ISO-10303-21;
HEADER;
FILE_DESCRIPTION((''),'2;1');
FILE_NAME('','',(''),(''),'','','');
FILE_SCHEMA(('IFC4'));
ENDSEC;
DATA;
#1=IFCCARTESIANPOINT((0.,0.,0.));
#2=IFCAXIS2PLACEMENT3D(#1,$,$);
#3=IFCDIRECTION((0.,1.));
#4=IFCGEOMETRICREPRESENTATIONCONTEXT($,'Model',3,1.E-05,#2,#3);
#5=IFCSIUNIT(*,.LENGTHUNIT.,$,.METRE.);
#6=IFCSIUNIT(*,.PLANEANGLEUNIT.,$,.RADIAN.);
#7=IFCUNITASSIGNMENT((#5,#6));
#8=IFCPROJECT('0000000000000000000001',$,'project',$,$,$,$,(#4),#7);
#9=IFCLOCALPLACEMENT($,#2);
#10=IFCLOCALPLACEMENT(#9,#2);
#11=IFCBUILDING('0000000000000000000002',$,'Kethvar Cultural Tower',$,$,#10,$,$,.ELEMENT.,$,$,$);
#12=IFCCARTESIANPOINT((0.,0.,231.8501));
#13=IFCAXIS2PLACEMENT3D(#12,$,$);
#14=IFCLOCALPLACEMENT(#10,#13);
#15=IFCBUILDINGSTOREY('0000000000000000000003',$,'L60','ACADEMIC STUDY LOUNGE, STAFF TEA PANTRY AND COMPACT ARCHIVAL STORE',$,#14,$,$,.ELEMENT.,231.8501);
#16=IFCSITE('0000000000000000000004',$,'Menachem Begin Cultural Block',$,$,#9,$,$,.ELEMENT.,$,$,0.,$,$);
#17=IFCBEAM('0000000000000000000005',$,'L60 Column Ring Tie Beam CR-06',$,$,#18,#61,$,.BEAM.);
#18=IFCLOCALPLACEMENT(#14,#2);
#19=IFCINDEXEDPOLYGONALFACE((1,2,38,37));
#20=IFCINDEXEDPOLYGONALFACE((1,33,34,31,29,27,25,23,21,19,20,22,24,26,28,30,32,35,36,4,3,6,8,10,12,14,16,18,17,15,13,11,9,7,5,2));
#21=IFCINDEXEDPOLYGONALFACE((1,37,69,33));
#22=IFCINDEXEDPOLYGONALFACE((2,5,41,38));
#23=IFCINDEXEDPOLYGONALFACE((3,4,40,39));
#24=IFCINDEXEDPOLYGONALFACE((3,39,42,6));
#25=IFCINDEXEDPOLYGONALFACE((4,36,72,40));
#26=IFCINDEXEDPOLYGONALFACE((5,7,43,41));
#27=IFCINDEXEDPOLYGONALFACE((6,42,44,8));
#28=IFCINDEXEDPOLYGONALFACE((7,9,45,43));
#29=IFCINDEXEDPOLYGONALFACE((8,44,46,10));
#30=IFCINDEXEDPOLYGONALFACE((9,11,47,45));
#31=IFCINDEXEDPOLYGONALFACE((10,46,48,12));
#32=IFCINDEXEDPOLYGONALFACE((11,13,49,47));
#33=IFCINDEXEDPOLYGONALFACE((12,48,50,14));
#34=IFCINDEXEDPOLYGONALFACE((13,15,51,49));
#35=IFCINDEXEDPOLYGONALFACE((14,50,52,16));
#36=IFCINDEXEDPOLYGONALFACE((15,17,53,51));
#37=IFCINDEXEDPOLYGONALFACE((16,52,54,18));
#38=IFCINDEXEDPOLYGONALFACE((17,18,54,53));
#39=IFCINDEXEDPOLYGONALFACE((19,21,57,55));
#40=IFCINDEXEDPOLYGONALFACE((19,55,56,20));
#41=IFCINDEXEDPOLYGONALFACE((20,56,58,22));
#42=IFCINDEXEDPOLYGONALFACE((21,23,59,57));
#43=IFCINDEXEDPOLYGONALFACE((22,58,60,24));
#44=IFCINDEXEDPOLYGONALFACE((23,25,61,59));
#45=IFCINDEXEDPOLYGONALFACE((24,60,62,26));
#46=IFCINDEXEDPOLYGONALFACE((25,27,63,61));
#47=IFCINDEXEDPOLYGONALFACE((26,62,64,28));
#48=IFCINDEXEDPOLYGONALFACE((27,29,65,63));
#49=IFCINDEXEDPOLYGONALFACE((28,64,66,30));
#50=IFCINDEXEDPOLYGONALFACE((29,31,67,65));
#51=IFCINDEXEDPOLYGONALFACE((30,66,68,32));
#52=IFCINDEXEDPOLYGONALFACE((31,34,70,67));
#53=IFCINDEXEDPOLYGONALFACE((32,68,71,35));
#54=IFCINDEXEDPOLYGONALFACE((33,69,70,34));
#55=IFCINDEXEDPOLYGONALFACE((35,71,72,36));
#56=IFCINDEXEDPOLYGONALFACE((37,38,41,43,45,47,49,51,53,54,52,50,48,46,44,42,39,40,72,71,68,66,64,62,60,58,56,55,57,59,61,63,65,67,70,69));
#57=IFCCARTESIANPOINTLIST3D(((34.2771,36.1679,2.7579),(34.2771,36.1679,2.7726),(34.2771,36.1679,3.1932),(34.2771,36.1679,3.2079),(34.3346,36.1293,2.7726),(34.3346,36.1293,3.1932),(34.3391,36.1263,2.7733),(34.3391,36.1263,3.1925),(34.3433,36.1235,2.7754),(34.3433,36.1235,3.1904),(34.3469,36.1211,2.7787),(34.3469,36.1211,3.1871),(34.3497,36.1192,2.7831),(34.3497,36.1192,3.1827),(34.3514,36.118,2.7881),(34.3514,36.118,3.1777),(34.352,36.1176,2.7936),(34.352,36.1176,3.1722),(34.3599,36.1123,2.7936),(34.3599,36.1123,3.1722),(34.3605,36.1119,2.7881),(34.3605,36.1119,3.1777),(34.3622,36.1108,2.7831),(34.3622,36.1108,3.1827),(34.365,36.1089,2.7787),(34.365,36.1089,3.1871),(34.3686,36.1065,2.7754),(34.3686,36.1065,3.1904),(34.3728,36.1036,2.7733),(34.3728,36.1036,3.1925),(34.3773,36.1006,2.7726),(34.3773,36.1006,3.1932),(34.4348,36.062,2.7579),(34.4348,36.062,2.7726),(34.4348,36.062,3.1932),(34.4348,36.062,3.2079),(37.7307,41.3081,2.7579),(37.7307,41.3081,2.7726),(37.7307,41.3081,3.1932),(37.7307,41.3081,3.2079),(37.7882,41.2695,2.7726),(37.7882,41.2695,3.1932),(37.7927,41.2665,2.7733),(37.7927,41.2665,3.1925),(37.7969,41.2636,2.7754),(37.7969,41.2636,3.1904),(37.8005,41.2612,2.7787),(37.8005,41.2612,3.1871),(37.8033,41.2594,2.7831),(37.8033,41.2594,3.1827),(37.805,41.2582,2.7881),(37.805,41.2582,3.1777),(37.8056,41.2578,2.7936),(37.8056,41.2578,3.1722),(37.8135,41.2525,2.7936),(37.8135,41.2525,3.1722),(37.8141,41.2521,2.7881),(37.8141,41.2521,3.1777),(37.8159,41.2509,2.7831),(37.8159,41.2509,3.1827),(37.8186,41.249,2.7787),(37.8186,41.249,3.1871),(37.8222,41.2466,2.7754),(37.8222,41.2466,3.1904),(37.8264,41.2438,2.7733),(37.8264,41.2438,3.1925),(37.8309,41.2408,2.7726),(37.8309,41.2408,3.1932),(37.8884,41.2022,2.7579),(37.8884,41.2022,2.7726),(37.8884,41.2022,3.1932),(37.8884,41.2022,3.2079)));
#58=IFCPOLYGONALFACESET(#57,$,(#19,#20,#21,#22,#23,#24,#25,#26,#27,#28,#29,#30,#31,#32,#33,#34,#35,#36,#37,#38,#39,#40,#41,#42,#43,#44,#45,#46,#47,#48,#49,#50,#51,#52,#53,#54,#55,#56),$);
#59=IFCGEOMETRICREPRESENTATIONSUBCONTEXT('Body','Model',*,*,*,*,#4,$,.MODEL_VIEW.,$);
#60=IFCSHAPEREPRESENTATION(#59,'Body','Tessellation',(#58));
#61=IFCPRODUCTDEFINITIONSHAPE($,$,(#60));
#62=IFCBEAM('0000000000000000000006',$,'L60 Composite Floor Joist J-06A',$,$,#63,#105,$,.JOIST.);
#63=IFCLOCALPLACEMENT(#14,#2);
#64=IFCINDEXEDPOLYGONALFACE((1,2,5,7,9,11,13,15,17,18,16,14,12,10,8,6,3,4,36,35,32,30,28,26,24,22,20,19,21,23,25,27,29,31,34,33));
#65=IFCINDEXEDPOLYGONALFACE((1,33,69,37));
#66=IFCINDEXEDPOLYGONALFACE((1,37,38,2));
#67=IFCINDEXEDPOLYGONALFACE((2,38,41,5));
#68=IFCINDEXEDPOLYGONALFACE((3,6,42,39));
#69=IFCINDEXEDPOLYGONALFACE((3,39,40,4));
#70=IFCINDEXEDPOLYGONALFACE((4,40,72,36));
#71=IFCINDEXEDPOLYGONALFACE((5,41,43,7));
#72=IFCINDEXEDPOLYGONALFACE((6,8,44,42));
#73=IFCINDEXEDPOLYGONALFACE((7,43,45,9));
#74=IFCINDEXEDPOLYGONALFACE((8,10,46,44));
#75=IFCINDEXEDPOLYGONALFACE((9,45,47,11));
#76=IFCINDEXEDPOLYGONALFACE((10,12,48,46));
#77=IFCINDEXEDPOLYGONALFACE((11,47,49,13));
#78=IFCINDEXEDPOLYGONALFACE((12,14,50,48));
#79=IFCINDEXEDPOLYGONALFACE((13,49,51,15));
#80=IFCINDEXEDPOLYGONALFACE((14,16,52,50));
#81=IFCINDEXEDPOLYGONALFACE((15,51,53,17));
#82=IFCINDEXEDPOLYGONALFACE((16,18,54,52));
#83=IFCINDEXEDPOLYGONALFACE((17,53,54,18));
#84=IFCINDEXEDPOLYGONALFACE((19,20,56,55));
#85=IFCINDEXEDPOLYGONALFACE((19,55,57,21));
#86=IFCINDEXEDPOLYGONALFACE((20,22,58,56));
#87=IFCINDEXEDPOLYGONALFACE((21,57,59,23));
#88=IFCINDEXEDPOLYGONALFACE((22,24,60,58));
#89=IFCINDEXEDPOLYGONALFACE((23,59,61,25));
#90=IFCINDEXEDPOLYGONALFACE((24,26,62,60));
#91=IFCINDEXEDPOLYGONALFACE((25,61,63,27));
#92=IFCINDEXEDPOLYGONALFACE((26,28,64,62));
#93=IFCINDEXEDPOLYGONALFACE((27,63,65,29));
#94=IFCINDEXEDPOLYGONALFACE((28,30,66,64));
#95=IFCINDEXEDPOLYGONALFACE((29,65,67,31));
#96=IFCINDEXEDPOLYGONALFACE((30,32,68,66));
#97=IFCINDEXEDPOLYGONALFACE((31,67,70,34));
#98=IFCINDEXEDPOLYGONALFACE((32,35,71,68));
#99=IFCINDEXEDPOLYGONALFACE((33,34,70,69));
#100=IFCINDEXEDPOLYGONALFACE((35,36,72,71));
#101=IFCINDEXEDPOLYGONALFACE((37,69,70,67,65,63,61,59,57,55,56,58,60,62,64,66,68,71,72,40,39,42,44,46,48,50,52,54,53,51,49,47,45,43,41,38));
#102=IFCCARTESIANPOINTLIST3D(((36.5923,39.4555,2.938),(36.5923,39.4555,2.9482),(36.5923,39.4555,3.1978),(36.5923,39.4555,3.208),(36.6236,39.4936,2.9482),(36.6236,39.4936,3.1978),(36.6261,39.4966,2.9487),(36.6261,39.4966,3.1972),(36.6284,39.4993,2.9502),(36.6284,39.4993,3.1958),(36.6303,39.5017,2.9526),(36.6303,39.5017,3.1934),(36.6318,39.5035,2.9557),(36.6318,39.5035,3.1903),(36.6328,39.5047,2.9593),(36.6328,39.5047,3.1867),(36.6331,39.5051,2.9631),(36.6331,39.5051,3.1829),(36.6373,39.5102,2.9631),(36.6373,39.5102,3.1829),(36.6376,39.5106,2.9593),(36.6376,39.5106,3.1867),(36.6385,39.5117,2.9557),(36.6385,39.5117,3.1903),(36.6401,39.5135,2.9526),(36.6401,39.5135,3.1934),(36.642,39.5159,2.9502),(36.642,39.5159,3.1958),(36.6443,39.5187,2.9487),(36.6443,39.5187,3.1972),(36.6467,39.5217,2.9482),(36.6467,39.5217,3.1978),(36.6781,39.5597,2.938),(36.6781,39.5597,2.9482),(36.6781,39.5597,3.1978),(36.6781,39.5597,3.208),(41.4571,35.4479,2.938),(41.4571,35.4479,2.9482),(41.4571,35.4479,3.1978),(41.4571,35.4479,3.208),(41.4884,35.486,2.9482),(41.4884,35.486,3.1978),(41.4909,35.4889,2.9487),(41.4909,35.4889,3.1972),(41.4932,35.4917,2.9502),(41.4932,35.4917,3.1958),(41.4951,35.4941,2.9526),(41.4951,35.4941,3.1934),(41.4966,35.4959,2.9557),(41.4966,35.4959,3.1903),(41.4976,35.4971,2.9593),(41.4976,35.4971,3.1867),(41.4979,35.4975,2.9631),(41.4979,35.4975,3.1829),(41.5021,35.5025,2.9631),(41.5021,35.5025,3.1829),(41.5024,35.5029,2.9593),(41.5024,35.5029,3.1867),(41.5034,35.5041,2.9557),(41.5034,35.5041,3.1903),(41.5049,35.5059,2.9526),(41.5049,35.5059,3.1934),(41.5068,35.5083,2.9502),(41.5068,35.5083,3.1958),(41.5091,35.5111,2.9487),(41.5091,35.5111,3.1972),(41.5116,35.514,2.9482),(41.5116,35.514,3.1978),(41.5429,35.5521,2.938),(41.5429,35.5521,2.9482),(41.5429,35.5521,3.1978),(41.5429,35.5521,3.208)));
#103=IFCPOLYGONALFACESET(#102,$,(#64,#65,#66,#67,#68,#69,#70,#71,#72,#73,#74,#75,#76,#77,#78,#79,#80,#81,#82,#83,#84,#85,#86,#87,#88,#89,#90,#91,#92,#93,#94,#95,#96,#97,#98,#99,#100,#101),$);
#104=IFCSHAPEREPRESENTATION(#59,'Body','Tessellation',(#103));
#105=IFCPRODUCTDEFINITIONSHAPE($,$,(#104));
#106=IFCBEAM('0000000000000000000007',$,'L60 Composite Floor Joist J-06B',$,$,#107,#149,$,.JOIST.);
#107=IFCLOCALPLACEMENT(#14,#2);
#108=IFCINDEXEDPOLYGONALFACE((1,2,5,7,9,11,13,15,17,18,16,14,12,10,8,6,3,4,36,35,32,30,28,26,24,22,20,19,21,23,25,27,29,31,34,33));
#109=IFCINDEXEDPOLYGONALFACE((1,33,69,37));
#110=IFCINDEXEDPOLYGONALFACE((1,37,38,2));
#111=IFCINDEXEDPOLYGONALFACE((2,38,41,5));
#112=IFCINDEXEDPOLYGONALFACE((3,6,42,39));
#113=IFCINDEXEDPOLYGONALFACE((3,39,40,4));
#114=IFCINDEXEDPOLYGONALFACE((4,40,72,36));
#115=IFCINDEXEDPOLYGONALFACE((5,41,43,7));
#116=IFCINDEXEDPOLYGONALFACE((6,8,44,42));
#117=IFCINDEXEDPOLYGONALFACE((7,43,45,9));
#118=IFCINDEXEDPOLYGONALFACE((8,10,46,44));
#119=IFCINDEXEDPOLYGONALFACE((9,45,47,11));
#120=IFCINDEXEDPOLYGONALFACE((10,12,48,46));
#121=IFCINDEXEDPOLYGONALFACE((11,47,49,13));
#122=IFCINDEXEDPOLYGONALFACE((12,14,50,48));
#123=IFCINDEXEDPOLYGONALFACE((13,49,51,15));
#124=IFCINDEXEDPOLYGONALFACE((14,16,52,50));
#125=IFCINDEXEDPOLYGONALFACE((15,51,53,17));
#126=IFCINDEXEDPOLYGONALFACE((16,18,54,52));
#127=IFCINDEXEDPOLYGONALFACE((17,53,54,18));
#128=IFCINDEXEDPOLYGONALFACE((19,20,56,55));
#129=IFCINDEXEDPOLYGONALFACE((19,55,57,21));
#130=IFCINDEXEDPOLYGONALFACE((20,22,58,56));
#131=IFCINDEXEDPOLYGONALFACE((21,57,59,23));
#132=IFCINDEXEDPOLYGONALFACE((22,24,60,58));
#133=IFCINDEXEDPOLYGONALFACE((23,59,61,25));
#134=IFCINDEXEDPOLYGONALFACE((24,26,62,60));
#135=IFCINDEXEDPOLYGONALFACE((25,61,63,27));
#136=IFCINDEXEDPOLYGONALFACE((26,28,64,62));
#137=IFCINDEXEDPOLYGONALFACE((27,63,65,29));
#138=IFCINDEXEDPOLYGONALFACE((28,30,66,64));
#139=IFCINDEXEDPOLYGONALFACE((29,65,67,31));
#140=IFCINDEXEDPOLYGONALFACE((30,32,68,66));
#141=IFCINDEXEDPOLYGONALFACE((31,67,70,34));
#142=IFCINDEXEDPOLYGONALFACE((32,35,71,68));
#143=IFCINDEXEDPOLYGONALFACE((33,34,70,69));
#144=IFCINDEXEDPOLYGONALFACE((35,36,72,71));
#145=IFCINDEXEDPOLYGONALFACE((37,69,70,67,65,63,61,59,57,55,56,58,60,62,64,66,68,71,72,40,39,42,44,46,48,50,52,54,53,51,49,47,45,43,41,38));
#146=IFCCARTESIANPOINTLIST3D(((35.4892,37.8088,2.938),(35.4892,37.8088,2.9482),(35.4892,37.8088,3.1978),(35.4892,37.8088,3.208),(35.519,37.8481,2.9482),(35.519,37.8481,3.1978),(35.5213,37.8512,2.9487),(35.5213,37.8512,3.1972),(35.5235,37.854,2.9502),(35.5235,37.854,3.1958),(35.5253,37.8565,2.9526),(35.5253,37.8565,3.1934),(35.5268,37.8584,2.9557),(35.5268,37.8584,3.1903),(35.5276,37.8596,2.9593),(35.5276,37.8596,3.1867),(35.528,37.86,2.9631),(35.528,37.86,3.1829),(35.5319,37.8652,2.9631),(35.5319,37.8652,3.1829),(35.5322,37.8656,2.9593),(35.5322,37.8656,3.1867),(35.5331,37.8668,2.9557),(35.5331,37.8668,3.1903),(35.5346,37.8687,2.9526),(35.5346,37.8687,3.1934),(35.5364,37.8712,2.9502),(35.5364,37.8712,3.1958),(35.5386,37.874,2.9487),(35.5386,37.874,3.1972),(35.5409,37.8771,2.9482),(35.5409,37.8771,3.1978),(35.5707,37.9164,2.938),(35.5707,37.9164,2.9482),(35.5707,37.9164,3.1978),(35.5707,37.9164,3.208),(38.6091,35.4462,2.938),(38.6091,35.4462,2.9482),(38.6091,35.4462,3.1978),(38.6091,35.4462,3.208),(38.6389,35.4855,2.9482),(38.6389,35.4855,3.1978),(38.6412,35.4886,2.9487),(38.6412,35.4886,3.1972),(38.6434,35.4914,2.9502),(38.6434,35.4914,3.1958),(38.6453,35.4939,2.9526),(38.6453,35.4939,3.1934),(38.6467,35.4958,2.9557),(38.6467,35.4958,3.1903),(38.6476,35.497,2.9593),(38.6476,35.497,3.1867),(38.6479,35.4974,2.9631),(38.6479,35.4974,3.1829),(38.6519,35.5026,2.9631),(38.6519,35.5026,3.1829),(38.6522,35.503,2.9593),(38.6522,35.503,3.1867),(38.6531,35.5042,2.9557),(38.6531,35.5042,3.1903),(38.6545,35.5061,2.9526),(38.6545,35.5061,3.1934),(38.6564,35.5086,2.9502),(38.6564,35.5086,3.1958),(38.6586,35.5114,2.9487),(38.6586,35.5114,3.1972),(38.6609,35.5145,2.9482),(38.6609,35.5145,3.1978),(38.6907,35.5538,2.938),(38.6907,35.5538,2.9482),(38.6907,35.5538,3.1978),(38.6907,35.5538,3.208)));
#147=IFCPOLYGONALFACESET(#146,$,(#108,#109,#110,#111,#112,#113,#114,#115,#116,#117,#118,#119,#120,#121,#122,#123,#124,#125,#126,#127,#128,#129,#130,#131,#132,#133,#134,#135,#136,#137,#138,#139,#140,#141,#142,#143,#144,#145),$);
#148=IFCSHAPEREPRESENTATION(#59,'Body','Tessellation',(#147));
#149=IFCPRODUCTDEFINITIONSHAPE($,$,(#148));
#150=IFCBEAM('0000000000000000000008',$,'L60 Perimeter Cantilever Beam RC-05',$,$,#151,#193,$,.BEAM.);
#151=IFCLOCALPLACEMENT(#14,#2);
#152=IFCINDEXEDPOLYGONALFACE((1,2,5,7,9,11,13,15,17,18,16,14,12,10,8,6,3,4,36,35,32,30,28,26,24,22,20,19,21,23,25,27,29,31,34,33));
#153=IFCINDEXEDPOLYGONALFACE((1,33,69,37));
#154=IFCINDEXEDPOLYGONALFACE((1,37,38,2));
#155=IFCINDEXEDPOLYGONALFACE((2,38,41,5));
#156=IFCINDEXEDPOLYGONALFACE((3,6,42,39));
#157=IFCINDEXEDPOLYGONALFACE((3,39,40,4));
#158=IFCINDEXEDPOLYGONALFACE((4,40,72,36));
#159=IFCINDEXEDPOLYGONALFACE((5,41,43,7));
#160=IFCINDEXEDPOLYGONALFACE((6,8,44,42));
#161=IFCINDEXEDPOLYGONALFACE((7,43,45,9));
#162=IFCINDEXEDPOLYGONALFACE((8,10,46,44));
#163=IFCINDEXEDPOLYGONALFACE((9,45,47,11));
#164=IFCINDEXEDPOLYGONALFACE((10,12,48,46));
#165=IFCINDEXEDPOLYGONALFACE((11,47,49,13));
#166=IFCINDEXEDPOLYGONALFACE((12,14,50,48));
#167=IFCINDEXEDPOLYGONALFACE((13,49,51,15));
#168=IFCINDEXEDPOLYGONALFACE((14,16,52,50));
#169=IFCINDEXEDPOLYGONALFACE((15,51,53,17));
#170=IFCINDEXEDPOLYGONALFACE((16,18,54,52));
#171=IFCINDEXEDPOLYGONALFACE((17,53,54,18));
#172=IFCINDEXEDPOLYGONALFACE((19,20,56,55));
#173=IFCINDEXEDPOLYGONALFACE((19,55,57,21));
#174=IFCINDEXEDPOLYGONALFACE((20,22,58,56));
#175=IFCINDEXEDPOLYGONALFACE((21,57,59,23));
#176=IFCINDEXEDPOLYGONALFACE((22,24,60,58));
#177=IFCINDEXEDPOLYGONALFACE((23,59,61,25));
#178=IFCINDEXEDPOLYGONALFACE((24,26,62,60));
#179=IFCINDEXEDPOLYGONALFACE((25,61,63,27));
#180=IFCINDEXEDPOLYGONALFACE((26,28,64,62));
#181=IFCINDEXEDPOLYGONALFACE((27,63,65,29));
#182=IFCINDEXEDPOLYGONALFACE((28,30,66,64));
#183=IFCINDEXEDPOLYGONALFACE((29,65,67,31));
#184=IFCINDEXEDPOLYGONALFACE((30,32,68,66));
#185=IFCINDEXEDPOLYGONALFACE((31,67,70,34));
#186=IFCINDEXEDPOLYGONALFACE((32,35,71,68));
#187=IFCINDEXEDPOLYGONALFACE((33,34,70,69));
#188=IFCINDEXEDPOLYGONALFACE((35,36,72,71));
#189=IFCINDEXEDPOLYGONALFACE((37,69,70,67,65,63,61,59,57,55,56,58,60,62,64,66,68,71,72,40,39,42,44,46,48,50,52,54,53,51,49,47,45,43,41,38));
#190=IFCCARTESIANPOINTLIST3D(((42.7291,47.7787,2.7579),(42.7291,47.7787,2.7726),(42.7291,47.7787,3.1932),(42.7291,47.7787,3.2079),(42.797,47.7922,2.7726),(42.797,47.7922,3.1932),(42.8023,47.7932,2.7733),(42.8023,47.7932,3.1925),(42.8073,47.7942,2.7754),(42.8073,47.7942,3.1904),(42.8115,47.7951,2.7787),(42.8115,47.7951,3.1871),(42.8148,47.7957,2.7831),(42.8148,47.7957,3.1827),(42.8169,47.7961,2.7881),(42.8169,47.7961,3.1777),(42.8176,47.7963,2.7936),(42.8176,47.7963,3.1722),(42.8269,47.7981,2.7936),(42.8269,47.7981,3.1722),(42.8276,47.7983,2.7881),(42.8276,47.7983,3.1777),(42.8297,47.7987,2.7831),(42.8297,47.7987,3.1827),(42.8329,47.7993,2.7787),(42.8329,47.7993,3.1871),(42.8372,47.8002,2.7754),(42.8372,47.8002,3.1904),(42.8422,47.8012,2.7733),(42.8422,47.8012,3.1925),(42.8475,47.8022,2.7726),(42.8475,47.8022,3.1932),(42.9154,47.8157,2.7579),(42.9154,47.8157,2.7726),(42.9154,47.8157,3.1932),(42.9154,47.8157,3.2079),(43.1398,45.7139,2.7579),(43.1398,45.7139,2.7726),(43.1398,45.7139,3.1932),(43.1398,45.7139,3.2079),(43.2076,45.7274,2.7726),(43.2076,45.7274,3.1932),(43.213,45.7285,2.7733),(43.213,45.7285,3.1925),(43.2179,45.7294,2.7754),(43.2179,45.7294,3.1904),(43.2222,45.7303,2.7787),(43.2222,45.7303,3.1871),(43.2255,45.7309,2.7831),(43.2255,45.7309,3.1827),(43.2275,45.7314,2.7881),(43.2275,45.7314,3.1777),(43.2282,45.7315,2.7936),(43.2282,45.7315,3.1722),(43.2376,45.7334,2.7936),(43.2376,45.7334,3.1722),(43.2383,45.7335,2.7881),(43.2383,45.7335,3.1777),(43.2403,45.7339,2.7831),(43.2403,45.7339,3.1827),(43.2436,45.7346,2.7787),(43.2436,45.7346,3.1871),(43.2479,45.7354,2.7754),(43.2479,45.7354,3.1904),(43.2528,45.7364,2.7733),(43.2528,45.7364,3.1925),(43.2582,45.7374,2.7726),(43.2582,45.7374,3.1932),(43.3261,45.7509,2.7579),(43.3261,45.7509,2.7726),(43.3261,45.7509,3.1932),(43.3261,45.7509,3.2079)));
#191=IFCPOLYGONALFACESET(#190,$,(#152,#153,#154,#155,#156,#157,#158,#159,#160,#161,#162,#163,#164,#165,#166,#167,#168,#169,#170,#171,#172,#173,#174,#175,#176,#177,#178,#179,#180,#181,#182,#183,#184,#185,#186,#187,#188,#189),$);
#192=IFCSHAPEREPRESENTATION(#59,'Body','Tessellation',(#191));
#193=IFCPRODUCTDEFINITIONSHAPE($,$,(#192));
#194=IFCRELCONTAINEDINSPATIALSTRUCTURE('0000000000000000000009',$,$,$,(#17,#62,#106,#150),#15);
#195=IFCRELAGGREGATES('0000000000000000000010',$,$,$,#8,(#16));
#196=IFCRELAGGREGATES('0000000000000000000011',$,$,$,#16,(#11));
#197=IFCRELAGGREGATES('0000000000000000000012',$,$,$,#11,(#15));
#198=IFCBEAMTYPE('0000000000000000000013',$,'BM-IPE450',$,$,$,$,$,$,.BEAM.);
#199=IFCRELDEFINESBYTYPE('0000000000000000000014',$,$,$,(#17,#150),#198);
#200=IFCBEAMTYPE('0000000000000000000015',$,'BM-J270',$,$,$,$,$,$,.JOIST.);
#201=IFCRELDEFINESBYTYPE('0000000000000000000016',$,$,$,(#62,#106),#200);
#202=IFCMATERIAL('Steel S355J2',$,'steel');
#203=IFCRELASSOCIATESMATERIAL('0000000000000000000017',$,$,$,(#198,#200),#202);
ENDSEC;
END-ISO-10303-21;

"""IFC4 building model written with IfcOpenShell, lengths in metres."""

from ifc_helpers import new_model, si_unit, direction, frame, origin, origin_2d, place, context, subcontext, project, spatial, i_section, extrude, source, transform, mapped, material, material_profile, profile_set, type_object, element, save


model = new_model("IFC4")

# Units and contexts
model_context = context("Model", 3, precision=1e-05, world=origin(), true_north=direction((0.0, 1.0)))
body_context = subcontext(model_context, "Body", "Model", "MODEL_VIEW")
ifc_project = project(units=[si_unit("LENGTHUNIT", "METRE"), si_unit("PLANEANGLEUNIT", "RADIAN")], contexts=[model_context])

# Site, building, storey
site_placement = place(None, origin())
site = spatial("IfcSite", under=ifc_project, at=site_placement, Name="Menachem Begin Cultural Block", CompositionType="ELEMENT", RefElevation=0.0)
building_placement = place(site_placement, origin())
building = spatial("IfcBuilding", under=site, at=building_placement, Name="Kethvar Cultural Tower", CompositionType="ELEMENT")
storey_placement = place(building_placement, frame((0.0, 0.0, 231.8501)))
storey = spatial("IfcBuildingStorey", under=building, at=storey_placement, Name="L60", Description="ACADEMIC STUDY LOUNGE, STAFF TEA PANTRY AND COMPACT ARCHIVAL STORE", CompositionType="ELEMENT", Elevation=231.8501)

# Beams
ifc_material_1 = material(Name="Steel S355J2", Category="steel")
ifc_material_profile_1 = material_profile(ifc_material_1, i_section(OverallWidth=0.1899, OverallDepth=0.45, WebThickness=0.0095, FlangeThickness=0.0146, FilletRadius=0.021, at=origin_2d()), Name="Steel S355J2 — IPE450")
ifc_profile_set_1 = profile_set([ifc_material_profile_1], Name="Steel S355J2 — IPE450")
beam_type_1 = type_object("IfcBeamType", Name="BM-IPE450", PredefinedType="BEAM", material=ifc_profile_set_1)
ifc_material_profile_2 = material_profile(ifc_material_1, i_section(OverallWidth=0.135, OverallDepth=0.27, WebThickness=0.0066, FlangeThickness=0.0103, FilletRadius=0.0149, at=origin_2d()), Name="Steel S355J2 — IPE270")
ifc_profile_set_2 = profile_set([ifc_material_profile_2], Name="Steel S355J2 — IPE270")
beam_type_2 = type_object("IfcBeamType", Name="BM-J270", PredefinedType="JOIST", material=ifc_profile_set_2)
shared_shape_1 = source(origin(), body_context, "Body", "SweptSolid", [
    extrude(i_section(OverallWidth=0.1899, OverallDepth=0.45, WebThickness=0.0095, FlangeThickness=0.0146, FilletRadius=0.021, at=origin_2d()), origin(), (0.0, 0.0, 1.0), 6.1926),
])
beam_1_placement = place(storey_placement, frame((37.8096, 41.2551, 2.9829), z_axis=(-0.557699, -0.830043, 0.0), x_axis=(0.830043, -0.557699, 0.0)))
element("IfcBeam", 1, at=beam_1_placement, inside=storey, type_object=beam_type_1, Name="L60 Column Ring Tie Beam CR-06", PredefinedType="BEAM", context=body_context, shape_type="MappedRepresentation", body=[
    mapped(shared_shape_1, transform((0.0, 0.0, 0.0), scale=1.0)),
])
shared_shape_2 = source(origin(), body_context, "Body", "SweptSolid", [
    extrude(i_section(OverallWidth=0.135, OverallDepth=0.27, WebThickness=0.0066, FlangeThickness=0.0103, FilletRadius=0.0149, at=origin_2d()), origin(), (0.0, 0.0, 1.0), 6.303),
])
beam_2_placement = place(storey_placement, frame((41.5, 35.5, 3.073), z_axis=(-0.771828, 0.635831, 0.0), x_axis=(-0.635831, -0.771828, 0.0)))
element("IfcBeam", 2, at=beam_2_placement, inside=storey, type_object=beam_type_2, Name="L60 Composite Floor Joist J-06A", PredefinedType="JOIST", context=body_context, shape_type="MappedRepresentation", body=[
    mapped(shared_shape_2, transform((0.0, 0.0, 0.0), scale=1.0)),
])
shared_shape_3 = source(origin(), body_context, "Body", "SweptSolid", [
    extrude(i_section(OverallWidth=0.135, OverallDepth=0.27, WebThickness=0.0066, FlangeThickness=0.0103, FilletRadius=0.0149, at=origin_2d()), origin(), (0.0, 0.0, 1.0), 3.9136),
])
beam_3_placement = place(storey_placement, frame((38.6499, 35.5, 3.073), z_axis=(-0.797214, 0.603697, 0.0), x_axis=(-0.603697, -0.797214, 0.0)))
element("IfcBeam", 3, at=beam_3_placement, inside=storey, type_object=beam_type_2, Name="L60 Composite Floor Joist J-06B", PredefinedType="JOIST", context=body_context, shape_type="MappedRepresentation", body=[
    mapped(shared_shape_3, transform((0.0, 0.0, 0.0), scale=1.0)),
])
shared_shape_4 = source(origin(), body_context, "Body", "SweptSolid", [
    extrude(i_section(OverallWidth=0.1899, OverallDepth=0.45, WebThickness=0.0095, FlangeThickness=0.0146, FilletRadius=0.021, at=origin_2d()), origin(), (0.0, 0.0, 1.0), 2.1052),
])
beam_4_placement = place(storey_placement, frame((43.2329, 45.7324, 2.9829), z_axis=(-0.195068, 0.98079, 0.0), x_axis=(-0.98079, -0.195068, 0.0)))
element("IfcBeam", 4, at=beam_4_placement, inside=storey, type_object=beam_type_1, Name="L60 Perimeter Cantilever Beam RC-05", PredefinedType="BEAM", context=body_context, shape_type="MappedRepresentation", body=[
    mapped(shared_shape_4, transform((0.0, 0.0, 0.0), scale=1.0)),
])

save(model, "model.ifc")
